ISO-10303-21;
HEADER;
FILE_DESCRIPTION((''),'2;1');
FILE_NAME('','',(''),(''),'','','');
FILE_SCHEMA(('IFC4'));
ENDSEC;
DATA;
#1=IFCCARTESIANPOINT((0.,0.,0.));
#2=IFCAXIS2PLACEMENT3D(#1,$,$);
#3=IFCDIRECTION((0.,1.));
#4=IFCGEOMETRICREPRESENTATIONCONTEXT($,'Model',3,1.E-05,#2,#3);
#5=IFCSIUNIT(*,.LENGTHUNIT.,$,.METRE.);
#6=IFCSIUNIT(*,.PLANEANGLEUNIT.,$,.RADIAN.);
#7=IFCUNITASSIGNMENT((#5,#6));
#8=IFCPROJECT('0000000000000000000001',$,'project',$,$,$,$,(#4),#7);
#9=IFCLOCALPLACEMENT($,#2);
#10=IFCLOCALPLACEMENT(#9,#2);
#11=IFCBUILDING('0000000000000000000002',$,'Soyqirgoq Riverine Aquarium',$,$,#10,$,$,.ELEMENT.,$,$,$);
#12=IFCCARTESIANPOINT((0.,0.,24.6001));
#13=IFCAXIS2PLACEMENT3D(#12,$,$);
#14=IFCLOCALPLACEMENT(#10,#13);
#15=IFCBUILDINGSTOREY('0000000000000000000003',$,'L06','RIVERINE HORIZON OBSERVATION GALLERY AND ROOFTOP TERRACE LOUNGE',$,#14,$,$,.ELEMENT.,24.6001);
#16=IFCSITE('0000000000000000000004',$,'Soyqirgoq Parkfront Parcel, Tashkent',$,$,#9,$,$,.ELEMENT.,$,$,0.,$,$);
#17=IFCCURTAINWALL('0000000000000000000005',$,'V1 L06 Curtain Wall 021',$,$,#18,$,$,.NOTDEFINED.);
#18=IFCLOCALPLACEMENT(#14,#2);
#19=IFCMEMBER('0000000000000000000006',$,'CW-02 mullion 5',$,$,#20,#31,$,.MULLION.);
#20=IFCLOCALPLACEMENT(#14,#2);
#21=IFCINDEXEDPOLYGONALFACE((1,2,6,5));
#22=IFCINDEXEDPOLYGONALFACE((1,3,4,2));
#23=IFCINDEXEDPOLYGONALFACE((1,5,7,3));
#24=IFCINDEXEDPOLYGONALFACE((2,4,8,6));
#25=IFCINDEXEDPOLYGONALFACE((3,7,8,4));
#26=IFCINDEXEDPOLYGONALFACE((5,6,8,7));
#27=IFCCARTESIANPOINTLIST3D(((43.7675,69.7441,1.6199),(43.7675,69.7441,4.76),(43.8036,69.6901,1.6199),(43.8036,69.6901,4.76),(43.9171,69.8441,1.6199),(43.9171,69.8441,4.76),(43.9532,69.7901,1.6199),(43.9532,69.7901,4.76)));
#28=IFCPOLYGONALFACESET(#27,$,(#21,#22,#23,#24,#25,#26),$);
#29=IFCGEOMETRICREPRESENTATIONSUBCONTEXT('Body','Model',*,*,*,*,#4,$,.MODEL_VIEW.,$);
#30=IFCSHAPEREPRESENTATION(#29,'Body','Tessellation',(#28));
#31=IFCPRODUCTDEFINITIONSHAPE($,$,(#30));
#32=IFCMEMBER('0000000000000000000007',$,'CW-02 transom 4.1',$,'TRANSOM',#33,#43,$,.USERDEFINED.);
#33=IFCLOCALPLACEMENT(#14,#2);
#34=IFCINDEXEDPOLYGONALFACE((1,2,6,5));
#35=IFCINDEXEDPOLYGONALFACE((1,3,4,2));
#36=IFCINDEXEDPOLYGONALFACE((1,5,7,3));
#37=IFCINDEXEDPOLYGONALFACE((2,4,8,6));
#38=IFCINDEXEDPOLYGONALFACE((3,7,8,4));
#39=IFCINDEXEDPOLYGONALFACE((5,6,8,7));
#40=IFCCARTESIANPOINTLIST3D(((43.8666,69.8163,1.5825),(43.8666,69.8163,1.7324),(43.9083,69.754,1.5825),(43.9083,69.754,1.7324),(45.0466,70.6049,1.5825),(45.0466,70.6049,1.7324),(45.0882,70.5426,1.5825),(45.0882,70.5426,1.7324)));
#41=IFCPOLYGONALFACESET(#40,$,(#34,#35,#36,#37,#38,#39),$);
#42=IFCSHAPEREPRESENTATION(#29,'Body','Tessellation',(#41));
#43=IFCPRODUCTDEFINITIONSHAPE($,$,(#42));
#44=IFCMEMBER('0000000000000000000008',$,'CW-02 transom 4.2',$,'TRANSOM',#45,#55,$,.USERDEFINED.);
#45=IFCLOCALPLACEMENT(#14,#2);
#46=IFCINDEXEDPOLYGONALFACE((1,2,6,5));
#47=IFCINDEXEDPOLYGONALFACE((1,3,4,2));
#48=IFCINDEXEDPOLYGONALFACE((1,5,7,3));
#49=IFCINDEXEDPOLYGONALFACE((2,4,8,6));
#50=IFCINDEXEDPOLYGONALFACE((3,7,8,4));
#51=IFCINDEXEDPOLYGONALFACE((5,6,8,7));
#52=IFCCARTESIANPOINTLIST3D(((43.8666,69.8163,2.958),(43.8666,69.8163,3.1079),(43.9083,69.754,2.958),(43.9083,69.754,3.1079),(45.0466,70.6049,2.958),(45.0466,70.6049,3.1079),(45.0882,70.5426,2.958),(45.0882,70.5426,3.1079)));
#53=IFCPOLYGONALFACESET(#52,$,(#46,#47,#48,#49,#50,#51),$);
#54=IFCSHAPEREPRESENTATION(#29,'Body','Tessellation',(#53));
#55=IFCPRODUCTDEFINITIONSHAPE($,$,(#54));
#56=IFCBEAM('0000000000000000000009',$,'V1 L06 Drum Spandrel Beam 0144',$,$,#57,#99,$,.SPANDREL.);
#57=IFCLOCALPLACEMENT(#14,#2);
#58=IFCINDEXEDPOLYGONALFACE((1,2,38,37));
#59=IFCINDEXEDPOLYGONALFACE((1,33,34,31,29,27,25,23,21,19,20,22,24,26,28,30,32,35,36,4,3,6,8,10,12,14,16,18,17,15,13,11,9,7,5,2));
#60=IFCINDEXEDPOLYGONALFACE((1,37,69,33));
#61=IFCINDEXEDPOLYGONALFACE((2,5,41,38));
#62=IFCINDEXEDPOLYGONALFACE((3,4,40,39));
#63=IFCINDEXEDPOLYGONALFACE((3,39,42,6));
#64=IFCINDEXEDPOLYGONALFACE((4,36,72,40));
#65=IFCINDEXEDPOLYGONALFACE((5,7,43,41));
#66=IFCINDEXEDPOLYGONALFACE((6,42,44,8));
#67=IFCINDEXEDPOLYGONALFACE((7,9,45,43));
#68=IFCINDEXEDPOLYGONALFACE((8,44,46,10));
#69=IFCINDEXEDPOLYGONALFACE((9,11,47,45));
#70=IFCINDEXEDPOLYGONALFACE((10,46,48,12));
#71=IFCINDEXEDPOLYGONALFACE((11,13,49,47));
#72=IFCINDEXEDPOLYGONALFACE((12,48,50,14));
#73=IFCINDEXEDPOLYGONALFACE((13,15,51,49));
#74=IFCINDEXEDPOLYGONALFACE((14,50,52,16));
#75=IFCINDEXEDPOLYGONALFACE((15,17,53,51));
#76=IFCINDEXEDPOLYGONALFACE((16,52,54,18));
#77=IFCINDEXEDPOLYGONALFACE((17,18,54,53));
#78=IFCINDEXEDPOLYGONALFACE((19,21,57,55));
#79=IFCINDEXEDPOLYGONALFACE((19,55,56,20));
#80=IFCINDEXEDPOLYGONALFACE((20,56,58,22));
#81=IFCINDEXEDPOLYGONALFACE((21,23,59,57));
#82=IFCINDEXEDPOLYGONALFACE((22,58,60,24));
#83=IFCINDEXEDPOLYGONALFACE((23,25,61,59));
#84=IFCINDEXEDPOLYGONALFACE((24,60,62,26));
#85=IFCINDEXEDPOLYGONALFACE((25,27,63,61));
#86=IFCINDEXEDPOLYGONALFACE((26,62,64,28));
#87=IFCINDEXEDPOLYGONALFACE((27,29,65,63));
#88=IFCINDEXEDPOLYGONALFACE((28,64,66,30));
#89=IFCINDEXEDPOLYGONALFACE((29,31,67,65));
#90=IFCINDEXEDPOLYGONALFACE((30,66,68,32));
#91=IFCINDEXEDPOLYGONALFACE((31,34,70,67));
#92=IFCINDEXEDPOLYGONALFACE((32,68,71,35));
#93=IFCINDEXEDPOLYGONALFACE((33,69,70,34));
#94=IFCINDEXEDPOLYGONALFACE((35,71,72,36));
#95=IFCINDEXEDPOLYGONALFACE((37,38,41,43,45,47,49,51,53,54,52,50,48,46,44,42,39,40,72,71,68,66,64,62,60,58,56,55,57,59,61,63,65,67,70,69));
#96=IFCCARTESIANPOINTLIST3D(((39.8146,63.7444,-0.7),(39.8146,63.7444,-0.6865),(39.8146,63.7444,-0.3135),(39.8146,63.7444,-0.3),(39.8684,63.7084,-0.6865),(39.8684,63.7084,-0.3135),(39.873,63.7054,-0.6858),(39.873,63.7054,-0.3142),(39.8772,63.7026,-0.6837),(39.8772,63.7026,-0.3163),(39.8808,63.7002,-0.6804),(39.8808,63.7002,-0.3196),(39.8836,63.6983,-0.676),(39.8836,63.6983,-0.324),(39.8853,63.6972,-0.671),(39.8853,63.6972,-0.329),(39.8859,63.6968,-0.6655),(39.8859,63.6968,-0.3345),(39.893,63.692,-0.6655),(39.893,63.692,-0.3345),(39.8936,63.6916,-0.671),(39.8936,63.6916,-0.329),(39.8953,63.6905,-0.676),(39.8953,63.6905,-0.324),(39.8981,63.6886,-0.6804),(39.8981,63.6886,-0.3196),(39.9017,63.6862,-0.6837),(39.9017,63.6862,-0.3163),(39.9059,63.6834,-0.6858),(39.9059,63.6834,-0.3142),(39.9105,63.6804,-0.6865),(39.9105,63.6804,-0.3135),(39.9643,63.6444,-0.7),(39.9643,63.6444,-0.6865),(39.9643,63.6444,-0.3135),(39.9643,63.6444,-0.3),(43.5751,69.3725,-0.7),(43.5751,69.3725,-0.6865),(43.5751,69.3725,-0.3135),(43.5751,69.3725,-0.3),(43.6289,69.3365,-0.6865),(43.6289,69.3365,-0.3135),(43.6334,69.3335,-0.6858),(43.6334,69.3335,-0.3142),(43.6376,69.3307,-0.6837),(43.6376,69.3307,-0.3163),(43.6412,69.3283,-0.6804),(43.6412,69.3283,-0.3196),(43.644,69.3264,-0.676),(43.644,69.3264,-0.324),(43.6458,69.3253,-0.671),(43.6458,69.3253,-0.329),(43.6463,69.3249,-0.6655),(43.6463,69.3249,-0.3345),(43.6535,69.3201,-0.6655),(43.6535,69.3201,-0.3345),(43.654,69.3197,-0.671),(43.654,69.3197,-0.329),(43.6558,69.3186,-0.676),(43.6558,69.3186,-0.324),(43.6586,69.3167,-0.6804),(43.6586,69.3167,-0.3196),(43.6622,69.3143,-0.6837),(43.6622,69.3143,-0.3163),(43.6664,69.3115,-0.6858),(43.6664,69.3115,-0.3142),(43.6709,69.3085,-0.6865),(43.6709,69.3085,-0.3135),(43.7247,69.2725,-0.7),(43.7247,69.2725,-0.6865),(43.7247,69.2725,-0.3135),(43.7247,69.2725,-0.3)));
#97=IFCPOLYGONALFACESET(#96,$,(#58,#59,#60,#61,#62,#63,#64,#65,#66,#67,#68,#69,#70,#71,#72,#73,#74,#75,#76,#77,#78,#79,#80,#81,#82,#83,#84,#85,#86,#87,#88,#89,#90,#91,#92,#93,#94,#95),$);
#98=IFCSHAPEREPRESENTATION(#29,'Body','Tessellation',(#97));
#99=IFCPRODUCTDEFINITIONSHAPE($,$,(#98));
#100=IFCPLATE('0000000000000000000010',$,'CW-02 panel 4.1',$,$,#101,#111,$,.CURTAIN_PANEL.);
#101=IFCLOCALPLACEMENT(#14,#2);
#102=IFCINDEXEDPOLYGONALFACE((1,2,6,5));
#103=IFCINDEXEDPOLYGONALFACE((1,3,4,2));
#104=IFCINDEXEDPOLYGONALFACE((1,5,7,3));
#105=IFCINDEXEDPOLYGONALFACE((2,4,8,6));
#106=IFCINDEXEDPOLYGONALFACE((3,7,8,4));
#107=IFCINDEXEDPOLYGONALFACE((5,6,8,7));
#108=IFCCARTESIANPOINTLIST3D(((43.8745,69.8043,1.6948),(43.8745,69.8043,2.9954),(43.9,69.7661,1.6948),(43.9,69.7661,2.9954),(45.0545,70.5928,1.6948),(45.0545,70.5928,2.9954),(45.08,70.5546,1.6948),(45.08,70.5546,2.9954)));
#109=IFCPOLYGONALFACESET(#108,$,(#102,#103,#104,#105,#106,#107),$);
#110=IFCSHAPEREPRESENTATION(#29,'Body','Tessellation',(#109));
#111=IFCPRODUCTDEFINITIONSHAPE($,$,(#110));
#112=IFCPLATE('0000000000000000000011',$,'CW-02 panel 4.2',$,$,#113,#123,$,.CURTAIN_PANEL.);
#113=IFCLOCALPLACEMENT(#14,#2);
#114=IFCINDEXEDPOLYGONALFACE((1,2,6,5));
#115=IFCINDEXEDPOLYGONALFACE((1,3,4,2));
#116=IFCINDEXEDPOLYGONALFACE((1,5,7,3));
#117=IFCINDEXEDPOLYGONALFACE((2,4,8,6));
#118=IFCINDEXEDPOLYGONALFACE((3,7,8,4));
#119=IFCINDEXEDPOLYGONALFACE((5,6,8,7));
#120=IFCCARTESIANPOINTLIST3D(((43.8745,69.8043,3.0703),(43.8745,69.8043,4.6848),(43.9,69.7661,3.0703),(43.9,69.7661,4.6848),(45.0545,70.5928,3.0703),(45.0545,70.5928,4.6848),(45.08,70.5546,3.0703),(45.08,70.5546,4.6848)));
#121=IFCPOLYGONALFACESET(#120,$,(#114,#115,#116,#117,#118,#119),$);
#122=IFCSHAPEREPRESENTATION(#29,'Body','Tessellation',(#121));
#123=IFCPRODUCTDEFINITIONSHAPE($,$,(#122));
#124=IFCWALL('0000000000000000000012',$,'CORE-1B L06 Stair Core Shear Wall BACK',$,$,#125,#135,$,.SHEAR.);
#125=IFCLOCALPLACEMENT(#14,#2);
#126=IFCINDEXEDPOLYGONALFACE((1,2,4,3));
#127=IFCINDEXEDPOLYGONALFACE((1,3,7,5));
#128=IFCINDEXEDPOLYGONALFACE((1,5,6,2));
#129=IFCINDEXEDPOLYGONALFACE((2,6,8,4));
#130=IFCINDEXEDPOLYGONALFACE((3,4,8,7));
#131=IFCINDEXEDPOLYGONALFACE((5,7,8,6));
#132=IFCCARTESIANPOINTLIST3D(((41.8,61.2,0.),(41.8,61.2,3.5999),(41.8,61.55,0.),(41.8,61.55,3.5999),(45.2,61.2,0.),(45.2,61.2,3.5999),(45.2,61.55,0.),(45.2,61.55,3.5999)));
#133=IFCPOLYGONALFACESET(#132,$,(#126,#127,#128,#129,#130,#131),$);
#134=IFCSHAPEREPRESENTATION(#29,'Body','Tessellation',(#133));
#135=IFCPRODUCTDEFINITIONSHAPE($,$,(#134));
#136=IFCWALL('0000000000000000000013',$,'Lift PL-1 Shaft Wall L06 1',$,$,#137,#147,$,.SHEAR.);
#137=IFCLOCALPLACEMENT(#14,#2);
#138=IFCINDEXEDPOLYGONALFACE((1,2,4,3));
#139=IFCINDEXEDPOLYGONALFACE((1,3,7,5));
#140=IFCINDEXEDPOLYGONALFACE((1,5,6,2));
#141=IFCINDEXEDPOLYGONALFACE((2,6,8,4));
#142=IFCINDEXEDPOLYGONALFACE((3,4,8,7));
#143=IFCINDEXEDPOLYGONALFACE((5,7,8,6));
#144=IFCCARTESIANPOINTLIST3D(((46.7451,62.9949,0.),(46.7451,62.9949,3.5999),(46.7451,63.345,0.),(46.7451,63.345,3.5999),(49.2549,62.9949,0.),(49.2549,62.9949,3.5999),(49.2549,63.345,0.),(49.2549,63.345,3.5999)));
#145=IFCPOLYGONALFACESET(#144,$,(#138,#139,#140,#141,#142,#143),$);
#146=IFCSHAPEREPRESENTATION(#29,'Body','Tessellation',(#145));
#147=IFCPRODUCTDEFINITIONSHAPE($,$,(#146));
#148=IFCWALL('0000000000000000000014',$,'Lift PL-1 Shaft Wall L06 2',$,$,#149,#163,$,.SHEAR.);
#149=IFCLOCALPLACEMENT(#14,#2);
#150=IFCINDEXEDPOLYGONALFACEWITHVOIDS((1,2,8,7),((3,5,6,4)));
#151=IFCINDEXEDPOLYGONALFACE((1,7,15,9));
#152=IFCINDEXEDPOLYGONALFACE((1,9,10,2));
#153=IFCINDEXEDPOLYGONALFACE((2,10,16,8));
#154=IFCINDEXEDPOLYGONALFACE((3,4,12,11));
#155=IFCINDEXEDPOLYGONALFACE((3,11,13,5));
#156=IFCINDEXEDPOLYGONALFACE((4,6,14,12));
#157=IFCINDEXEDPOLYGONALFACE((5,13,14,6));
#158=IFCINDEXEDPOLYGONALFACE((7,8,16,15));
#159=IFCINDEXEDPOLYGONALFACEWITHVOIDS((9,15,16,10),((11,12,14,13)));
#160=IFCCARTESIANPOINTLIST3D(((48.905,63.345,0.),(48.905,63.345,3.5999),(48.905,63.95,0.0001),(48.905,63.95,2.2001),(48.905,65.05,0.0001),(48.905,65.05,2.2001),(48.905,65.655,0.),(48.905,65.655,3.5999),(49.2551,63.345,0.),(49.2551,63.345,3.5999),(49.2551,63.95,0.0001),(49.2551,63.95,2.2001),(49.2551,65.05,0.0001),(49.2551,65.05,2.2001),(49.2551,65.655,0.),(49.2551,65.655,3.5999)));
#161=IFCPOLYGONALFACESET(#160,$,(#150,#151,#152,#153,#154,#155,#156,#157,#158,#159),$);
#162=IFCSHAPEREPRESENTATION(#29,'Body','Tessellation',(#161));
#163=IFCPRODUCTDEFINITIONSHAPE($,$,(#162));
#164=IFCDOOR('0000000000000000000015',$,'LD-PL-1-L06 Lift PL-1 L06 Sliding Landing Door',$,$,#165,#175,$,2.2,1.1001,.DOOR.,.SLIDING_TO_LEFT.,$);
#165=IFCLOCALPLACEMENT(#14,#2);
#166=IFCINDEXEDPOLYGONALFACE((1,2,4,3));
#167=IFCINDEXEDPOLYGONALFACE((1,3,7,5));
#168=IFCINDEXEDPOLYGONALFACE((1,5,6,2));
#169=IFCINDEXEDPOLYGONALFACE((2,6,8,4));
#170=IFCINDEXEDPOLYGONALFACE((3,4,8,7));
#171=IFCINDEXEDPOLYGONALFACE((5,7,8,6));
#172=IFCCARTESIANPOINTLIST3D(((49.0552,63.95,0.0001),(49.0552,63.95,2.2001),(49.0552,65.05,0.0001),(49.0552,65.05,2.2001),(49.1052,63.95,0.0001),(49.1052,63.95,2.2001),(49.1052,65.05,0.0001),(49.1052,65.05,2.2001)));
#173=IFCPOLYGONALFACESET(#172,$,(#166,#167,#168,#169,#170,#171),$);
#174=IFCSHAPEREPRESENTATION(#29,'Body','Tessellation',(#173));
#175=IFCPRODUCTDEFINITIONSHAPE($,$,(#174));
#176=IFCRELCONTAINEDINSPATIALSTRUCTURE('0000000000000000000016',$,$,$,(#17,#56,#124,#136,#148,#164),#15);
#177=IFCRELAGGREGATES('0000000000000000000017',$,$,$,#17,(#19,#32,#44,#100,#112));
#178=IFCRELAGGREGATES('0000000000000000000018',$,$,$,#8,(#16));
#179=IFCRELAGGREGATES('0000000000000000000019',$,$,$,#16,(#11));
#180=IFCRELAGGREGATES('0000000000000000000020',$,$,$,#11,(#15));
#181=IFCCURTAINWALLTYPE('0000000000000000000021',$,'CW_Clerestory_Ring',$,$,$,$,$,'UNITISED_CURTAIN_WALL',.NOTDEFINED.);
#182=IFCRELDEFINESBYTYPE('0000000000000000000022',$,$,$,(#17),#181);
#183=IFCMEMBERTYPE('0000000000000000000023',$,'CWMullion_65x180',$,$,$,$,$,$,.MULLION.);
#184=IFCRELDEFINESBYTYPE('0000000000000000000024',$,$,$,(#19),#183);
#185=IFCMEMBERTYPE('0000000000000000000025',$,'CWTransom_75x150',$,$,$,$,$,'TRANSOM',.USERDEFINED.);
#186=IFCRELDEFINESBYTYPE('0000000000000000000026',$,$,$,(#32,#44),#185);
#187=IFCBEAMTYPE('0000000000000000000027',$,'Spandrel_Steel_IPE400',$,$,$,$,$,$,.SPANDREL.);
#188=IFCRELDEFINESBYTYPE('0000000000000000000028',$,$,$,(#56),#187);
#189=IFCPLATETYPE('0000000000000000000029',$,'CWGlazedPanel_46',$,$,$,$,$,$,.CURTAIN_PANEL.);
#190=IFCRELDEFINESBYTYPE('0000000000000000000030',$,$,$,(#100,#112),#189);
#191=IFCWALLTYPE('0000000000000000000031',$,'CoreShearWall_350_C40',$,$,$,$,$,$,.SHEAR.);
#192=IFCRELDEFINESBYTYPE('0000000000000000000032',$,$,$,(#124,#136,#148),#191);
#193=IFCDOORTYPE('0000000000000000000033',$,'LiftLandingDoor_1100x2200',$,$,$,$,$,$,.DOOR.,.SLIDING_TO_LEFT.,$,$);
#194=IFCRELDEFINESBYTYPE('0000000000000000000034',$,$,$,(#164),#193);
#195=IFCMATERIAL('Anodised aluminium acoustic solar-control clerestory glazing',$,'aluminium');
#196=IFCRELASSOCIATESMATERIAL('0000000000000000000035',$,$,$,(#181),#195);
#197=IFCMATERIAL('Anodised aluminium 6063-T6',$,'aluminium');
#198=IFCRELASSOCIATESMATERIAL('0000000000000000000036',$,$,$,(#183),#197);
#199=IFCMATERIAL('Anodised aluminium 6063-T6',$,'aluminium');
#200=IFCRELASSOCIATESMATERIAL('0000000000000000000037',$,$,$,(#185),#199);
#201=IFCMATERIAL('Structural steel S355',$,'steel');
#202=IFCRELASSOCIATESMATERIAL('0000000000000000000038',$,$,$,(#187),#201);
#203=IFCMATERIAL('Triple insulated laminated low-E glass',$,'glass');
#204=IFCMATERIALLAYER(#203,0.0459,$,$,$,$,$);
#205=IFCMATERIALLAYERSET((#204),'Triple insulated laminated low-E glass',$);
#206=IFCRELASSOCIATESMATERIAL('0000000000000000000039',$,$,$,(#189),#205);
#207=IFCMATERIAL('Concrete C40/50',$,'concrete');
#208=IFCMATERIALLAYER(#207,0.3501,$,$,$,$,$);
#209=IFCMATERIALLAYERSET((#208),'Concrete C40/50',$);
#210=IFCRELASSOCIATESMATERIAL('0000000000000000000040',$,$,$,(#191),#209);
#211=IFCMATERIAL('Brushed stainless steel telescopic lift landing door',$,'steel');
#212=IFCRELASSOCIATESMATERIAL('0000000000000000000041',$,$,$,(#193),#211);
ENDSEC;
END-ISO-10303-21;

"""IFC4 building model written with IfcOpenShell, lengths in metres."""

from ifc_helpers import new_model, si_unit, direction, frame, frame_2d, origin, origin_2d, place, context, subcontext, project, spatial, rectangle, i_section, extrude, material, layer, layer_set, material_profile, profile_set, type_object, element, fill, aggregate, save


model = new_model("IFC4")

# Units and contexts
model_context = context("Model", 3, precision=1e-05, world=origin(), true_north=direction((0.0, 1.0)))
body_context = subcontext(model_context, "Body", "Model", "MODEL_VIEW")
ifc_project = project(units=[si_unit("LENGTHUNIT", "METRE"), si_unit("PLANEANGLEUNIT", "RADIAN")], contexts=[model_context])

# Site, building, storey
site_placement = place(None, origin())
site = spatial("IfcSite", under=ifc_project, at=site_placement, Name="Soyqirgoq Parkfront Parcel, Tashkent", CompositionType="ELEMENT", RefElevation=0.0)
building_placement = place(site_placement, origin())
building = spatial("IfcBuilding", under=site, at=building_placement, Name="Soyqirgoq Riverine Aquarium", CompositionType="ELEMENT")
storey_placement = place(building_placement, frame((0.0, 0.0, 24.6001)))
storey = spatial("IfcBuildingStorey", under=building, at=storey_placement, Name="L06", Description="RIVERINE HORIZON OBSERVATION GALLERY AND ROOFTOP TERRACE LOUNGE", CompositionType="ELEMENT", Elevation=24.6001)

# Curtain wall, members
ifc_material_1 = material(Name="Anodised aluminium acoustic solar-control clerestory glazing", Category="aluminium")
curtain_wall_type = type_object("IfcCurtainWallType", Name="CW_Clerestory_Ring", ElementType="UNITISED_CURTAIN_WALL", PredefinedType="NOTDEFINED", material=ifc_material_1)
curtain_wall_placement = place(storey_placement, origin())
curtain_wall = element("IfcCurtainWall", 1, at=curtain_wall_placement, inside=storey, type_object=curtain_wall_type, Name="V1 L06 Curtain Wall 021", PredefinedType="NOTDEFINED")
ifc_material_2 = material(Name="Anodised aluminium 6063-T6", Category="aluminium")
ifc_material_profile_1 = material_profile(ifc_material_2, rectangle(XDim=0.0649, YDim=0.1799, at=origin_2d()), Name="ALU-M 65x180")
ifc_profile_set_1 = profile_set([ifc_material_profile_1], Name="Anodised aluminium 6063-T6")
member_type_1 = type_object("IfcMemberType", Name="CWMullion_65x180", PredefinedType="MULLION", material=ifc_profile_set_1)
member_1_placement = place(storey_placement, frame((43.8604, 69.7671, 1.6199), z_axis=(0.0, 0.0, 1.0), x_axis=(0.555579, -0.831464, 0.0)))
member_1 = element("IfcMember", 2, at=member_1_placement, type_object=member_type_1, Name="CW-02 mullion 5", PredefinedType="MULLION", context=body_context, shape_type="SweptSolid", body=[
    extrude(rectangle(XDim=0.0649, YDim=0.1799, at=origin_2d()), origin(), (0.0, 0.0, 1.0), 3.1401),
])
ifc_material_3 = material(Name="Anodised aluminium 6063-T6", Category="aluminium")
ifc_material_profile_2 = material_profile(ifc_material_3, rectangle(XDim=0.075, YDim=0.1499, at=origin_2d()), Name="ALU-T 75x150")
ifc_profile_set_2 = profile_set([ifc_material_profile_2], Name="Anodised aluminium 6063-T6")
member_type_2 = type_object("IfcMemberType", Name="CWTransom_75x150", ElementType="TRANSOM", PredefinedType="USERDEFINED", material=ifc_profile_set_2)
member_2_placement = place(storey_placement, frame((45.0674, 70.5737, 1.6575), z_axis=(-0.831415, -0.555653, 0.0), x_axis=(0.555653, -0.831415, 0.0)))
member_2 = element("IfcMember", 3, at=member_2_placement, type_object=member_type_2, Name="CW-02 transom 4.1", ObjectType="TRANSOM", PredefinedType="USERDEFINED", context=body_context, shape_type="SweptSolid", body=[
    extrude(rectangle(XDim=0.075, YDim=0.1499, at=origin_2d()), origin(), (0.0, 0.0, 1.0), 1.4192),
])
member_3_placement = place(storey_placement, frame((45.0674, 70.5737, 3.033), z_axis=(-0.831415, -0.555653, 0.0), x_axis=(0.555653, -0.831415, 0.0)))
member_3 = element("IfcMember", 4, at=member_3_placement, type_object=member_type_2, Name="CW-02 transom 4.2", ObjectType="TRANSOM", PredefinedType="USERDEFINED", context=body_context, shape_type="SweptSolid", body=[
    extrude(rectangle(XDim=0.075, YDim=0.1499, at=origin_2d()), origin(), (0.0, 0.0, 1.0), 1.4192),
])

# Beam
ifc_material_4 = material(Name="Structural steel S355", Category="steel")
ifc_material_profile_3 = material_profile(ifc_material_4, i_section(OverallWidth=0.1799, OverallDepth=0.3999, WebThickness=0.0085, FlangeThickness=0.0134, FilletRadius=0.021, at=origin_2d()), Name="IPE 400")
ifc_profile_set_3 = profile_set([ifc_material_profile_3], Name="Structural steel S355")
beam_type = type_object("IfcBeamType", Name="Spandrel_Steel_IPE400", PredefinedType="SPANDREL", material=ifc_profile_set_3)
beam_placement = place(storey_placement, frame((43.6499, 69.3225, -0.5), z_axis=(-0.555557, -0.831478, 0.0), x_axis=(0.831478, -0.555557, 0.0)))
element("IfcBeam", 5, at=beam_placement, inside=storey, type_object=beam_type, Name="V1 L06 Drum Spandrel Beam 0144", PredefinedType="SPANDREL", context=body_context, shape_type="SweptSolid", body=[
    extrude(i_section(OverallWidth=0.1799, OverallDepth=0.3999, WebThickness=0.0085, FlangeThickness=0.0134, FilletRadius=0.021, at=origin_2d()), origin(), (0.0, 0.0, 1.0), 6.7688),
])

# Plates
ifc_material_5 = material(Name="Triple insulated laminated low-E glass", Category="glass")
ifc_layer_1 = layer(ifc_material_5, 0.0459)
ifc_layer_set_1 = layer_set([ifc_layer_1], Name="Triple insulated laminated low-E glass")
plate_type = type_object("IfcPlateType", Name="CWGlazedPanel_46", PredefinedType="CURTAIN_PANEL", material=ifc_layer_set_1)
plate_1_placement = place(storey_placement, frame((44.4773, 70.1794, 1.6948), z_axis=(0.0, 0.0, 1.0), x_axis=(-0.831464, -0.555579, 0.0)))
plate_1 = element("IfcPlate", 6, at=plate_1_placement, type_object=plate_type, Name="CW-02 panel 4.1", PredefinedType="CURTAIN_PANEL", context=body_context, shape_type="SweptSolid", body=[
    extrude(rectangle(XDim=1.4192, YDim=0.0459, at=origin_2d()), origin(), (0.0, 0.0, 1.0), 1.3005),
])
plate_2_placement = place(storey_placement, frame((44.4773, 70.1794, 3.0703), z_axis=(0.0, 0.0, 1.0), x_axis=(-0.831464, -0.555579, 0.0)))
plate_2 = element("IfcPlate", 7, at=plate_2_placement, type_object=plate_type, Name="CW-02 panel 4.2", PredefinedType="CURTAIN_PANEL", context=body_context, shape_type="SweptSolid", body=[
    extrude(rectangle(XDim=1.4192, YDim=0.0459, at=origin_2d()), origin(), (0.0, 0.0, 1.0), 1.6145),
])
aggregate(curtain_wall, [member_1, member_2, member_3, plate_1, plate_2])

# Walls
ifc_material_6 = material(Name="Concrete C40/50", Category="concrete")
ifc_layer_2 = layer(ifc_material_6, 0.3501)
ifc_layer_set_2 = layer_set([ifc_layer_2], Name="Concrete C40/50")
wall_type_1 = type_object("IfcWallType", Name="CoreShearWall_350_C40", PredefinedType="SHEAR", material=ifc_layer_set_2)
wall_1_placement = place(storey_placement, frame((45.2, 61.375, 0.0), z_axis=(0.0, 0.0, 1.0), x_axis=(-1.0, 0.0, 0.0)))
element("IfcWall", 8, at=wall_1_placement, inside=storey, type_object=wall_type_1, Name="CORE-1B L06 Stair Core Shear Wall BACK", PredefinedType="SHEAR", context=body_context, shape_type="SweptSolid", body=[
    extrude(rectangle(XDim=3.3999, YDim=0.3501, at=frame_2d((1.7, 0.0))), origin(), (0.0, 0.0, 1.0), 3.5999),
])
wall_2_placement = place(storey_placement, frame((46.7451, 63.1699, 0.0), z_axis=(0.0, 0.0, 1.0), x_axis=(1.0, 0.0, 0.0)))
element("IfcWall", 9, at=wall_2_placement, inside=storey, type_object=wall_type_1, Name="Lift PL-1 Shaft Wall L06 1", PredefinedType="SHEAR", context=body_context, shape_type="SweptSolid", body=[
    extrude(rectangle(XDim=2.5098, YDim=0.3501, at=frame_2d((1.2549, 0.0))), origin(), (0.0, 0.0, 1.0), 3.5999),
])

# Wall, opening, door
wall_3_placement = place(storey_placement, frame((49.0801, 63.345, 0.0), z_axis=(0.0, 0.0, 1.0), x_axis=(0.0, 1.0, 0.0)))
wall_3 = element("IfcWall", 10, at=wall_3_placement, inside=storey, type_object=wall_type_1, Name="Lift PL-1 Shaft Wall L06 2", PredefinedType="SHEAR", context=body_context, shape_type="SweptSolid", body=[
    extrude(rectangle(XDim=2.3101, YDim=0.3501, at=frame_2d((1.155, 0.0))), origin(), (0.0, 0.0, 1.0), 3.5999),
])
opening_1_placement = place(wall_3_placement, frame((0.605, 0.0, 0.0)))
opening_1 = element("IfcOpeningElement", 11, at=opening_1_placement, cuts=wall_3, PredefinedType="OPENING", context=body_context, shape_type="SweptSolid", body=[
    extrude(rectangle(XDim=1.1001, YDim=2.2, at=frame_2d((0.55, 1.1001))), frame((0.0, 0.1851, 0.0), z_axis=(0.0, -1.0, 0.0), x_axis=(1.0, 0.0, 0.0)), (0.0, 0.0, 1.0), 0.3701),
])
ifc_material_7 = material(Name="Brushed stainless steel telescopic lift landing door", Category="steel")
door_type_1 = type_object("IfcDoorType", Name="LiftLandingDoor_1100x2200", OperationType="SLIDING_TO_LEFT", PredefinedType="DOOR", material=ifc_material_7)
door_1_placement = place(opening_1_placement, origin())
door_1 = element("IfcDoor", 12, at=door_1_placement, inside=storey, type_object=door_type_1, Name="LD-PL-1-L06 Lift PL-1 L06 Sliding Landing Door", OperationType="SLIDING_TO_LEFT", OverallHeight=2.2, OverallWidth=1.1001, PredefinedType="DOOR", context=body_context, shape_type="SweptSolid", body=[
    extrude(rectangle(XDim=1.1001, YDim=2.2, at=frame_2d((0.55, 1.1001))), frame((0.0, 0.0249, 0.0), z_axis=(0.0, -1.0, 0.0), x_axis=(1.0, 0.0, 0.0)), (0.0, 0.0, 1.0), 0.05),
])
fill(opening_1, door_1)

save(model, "model.ifc")
